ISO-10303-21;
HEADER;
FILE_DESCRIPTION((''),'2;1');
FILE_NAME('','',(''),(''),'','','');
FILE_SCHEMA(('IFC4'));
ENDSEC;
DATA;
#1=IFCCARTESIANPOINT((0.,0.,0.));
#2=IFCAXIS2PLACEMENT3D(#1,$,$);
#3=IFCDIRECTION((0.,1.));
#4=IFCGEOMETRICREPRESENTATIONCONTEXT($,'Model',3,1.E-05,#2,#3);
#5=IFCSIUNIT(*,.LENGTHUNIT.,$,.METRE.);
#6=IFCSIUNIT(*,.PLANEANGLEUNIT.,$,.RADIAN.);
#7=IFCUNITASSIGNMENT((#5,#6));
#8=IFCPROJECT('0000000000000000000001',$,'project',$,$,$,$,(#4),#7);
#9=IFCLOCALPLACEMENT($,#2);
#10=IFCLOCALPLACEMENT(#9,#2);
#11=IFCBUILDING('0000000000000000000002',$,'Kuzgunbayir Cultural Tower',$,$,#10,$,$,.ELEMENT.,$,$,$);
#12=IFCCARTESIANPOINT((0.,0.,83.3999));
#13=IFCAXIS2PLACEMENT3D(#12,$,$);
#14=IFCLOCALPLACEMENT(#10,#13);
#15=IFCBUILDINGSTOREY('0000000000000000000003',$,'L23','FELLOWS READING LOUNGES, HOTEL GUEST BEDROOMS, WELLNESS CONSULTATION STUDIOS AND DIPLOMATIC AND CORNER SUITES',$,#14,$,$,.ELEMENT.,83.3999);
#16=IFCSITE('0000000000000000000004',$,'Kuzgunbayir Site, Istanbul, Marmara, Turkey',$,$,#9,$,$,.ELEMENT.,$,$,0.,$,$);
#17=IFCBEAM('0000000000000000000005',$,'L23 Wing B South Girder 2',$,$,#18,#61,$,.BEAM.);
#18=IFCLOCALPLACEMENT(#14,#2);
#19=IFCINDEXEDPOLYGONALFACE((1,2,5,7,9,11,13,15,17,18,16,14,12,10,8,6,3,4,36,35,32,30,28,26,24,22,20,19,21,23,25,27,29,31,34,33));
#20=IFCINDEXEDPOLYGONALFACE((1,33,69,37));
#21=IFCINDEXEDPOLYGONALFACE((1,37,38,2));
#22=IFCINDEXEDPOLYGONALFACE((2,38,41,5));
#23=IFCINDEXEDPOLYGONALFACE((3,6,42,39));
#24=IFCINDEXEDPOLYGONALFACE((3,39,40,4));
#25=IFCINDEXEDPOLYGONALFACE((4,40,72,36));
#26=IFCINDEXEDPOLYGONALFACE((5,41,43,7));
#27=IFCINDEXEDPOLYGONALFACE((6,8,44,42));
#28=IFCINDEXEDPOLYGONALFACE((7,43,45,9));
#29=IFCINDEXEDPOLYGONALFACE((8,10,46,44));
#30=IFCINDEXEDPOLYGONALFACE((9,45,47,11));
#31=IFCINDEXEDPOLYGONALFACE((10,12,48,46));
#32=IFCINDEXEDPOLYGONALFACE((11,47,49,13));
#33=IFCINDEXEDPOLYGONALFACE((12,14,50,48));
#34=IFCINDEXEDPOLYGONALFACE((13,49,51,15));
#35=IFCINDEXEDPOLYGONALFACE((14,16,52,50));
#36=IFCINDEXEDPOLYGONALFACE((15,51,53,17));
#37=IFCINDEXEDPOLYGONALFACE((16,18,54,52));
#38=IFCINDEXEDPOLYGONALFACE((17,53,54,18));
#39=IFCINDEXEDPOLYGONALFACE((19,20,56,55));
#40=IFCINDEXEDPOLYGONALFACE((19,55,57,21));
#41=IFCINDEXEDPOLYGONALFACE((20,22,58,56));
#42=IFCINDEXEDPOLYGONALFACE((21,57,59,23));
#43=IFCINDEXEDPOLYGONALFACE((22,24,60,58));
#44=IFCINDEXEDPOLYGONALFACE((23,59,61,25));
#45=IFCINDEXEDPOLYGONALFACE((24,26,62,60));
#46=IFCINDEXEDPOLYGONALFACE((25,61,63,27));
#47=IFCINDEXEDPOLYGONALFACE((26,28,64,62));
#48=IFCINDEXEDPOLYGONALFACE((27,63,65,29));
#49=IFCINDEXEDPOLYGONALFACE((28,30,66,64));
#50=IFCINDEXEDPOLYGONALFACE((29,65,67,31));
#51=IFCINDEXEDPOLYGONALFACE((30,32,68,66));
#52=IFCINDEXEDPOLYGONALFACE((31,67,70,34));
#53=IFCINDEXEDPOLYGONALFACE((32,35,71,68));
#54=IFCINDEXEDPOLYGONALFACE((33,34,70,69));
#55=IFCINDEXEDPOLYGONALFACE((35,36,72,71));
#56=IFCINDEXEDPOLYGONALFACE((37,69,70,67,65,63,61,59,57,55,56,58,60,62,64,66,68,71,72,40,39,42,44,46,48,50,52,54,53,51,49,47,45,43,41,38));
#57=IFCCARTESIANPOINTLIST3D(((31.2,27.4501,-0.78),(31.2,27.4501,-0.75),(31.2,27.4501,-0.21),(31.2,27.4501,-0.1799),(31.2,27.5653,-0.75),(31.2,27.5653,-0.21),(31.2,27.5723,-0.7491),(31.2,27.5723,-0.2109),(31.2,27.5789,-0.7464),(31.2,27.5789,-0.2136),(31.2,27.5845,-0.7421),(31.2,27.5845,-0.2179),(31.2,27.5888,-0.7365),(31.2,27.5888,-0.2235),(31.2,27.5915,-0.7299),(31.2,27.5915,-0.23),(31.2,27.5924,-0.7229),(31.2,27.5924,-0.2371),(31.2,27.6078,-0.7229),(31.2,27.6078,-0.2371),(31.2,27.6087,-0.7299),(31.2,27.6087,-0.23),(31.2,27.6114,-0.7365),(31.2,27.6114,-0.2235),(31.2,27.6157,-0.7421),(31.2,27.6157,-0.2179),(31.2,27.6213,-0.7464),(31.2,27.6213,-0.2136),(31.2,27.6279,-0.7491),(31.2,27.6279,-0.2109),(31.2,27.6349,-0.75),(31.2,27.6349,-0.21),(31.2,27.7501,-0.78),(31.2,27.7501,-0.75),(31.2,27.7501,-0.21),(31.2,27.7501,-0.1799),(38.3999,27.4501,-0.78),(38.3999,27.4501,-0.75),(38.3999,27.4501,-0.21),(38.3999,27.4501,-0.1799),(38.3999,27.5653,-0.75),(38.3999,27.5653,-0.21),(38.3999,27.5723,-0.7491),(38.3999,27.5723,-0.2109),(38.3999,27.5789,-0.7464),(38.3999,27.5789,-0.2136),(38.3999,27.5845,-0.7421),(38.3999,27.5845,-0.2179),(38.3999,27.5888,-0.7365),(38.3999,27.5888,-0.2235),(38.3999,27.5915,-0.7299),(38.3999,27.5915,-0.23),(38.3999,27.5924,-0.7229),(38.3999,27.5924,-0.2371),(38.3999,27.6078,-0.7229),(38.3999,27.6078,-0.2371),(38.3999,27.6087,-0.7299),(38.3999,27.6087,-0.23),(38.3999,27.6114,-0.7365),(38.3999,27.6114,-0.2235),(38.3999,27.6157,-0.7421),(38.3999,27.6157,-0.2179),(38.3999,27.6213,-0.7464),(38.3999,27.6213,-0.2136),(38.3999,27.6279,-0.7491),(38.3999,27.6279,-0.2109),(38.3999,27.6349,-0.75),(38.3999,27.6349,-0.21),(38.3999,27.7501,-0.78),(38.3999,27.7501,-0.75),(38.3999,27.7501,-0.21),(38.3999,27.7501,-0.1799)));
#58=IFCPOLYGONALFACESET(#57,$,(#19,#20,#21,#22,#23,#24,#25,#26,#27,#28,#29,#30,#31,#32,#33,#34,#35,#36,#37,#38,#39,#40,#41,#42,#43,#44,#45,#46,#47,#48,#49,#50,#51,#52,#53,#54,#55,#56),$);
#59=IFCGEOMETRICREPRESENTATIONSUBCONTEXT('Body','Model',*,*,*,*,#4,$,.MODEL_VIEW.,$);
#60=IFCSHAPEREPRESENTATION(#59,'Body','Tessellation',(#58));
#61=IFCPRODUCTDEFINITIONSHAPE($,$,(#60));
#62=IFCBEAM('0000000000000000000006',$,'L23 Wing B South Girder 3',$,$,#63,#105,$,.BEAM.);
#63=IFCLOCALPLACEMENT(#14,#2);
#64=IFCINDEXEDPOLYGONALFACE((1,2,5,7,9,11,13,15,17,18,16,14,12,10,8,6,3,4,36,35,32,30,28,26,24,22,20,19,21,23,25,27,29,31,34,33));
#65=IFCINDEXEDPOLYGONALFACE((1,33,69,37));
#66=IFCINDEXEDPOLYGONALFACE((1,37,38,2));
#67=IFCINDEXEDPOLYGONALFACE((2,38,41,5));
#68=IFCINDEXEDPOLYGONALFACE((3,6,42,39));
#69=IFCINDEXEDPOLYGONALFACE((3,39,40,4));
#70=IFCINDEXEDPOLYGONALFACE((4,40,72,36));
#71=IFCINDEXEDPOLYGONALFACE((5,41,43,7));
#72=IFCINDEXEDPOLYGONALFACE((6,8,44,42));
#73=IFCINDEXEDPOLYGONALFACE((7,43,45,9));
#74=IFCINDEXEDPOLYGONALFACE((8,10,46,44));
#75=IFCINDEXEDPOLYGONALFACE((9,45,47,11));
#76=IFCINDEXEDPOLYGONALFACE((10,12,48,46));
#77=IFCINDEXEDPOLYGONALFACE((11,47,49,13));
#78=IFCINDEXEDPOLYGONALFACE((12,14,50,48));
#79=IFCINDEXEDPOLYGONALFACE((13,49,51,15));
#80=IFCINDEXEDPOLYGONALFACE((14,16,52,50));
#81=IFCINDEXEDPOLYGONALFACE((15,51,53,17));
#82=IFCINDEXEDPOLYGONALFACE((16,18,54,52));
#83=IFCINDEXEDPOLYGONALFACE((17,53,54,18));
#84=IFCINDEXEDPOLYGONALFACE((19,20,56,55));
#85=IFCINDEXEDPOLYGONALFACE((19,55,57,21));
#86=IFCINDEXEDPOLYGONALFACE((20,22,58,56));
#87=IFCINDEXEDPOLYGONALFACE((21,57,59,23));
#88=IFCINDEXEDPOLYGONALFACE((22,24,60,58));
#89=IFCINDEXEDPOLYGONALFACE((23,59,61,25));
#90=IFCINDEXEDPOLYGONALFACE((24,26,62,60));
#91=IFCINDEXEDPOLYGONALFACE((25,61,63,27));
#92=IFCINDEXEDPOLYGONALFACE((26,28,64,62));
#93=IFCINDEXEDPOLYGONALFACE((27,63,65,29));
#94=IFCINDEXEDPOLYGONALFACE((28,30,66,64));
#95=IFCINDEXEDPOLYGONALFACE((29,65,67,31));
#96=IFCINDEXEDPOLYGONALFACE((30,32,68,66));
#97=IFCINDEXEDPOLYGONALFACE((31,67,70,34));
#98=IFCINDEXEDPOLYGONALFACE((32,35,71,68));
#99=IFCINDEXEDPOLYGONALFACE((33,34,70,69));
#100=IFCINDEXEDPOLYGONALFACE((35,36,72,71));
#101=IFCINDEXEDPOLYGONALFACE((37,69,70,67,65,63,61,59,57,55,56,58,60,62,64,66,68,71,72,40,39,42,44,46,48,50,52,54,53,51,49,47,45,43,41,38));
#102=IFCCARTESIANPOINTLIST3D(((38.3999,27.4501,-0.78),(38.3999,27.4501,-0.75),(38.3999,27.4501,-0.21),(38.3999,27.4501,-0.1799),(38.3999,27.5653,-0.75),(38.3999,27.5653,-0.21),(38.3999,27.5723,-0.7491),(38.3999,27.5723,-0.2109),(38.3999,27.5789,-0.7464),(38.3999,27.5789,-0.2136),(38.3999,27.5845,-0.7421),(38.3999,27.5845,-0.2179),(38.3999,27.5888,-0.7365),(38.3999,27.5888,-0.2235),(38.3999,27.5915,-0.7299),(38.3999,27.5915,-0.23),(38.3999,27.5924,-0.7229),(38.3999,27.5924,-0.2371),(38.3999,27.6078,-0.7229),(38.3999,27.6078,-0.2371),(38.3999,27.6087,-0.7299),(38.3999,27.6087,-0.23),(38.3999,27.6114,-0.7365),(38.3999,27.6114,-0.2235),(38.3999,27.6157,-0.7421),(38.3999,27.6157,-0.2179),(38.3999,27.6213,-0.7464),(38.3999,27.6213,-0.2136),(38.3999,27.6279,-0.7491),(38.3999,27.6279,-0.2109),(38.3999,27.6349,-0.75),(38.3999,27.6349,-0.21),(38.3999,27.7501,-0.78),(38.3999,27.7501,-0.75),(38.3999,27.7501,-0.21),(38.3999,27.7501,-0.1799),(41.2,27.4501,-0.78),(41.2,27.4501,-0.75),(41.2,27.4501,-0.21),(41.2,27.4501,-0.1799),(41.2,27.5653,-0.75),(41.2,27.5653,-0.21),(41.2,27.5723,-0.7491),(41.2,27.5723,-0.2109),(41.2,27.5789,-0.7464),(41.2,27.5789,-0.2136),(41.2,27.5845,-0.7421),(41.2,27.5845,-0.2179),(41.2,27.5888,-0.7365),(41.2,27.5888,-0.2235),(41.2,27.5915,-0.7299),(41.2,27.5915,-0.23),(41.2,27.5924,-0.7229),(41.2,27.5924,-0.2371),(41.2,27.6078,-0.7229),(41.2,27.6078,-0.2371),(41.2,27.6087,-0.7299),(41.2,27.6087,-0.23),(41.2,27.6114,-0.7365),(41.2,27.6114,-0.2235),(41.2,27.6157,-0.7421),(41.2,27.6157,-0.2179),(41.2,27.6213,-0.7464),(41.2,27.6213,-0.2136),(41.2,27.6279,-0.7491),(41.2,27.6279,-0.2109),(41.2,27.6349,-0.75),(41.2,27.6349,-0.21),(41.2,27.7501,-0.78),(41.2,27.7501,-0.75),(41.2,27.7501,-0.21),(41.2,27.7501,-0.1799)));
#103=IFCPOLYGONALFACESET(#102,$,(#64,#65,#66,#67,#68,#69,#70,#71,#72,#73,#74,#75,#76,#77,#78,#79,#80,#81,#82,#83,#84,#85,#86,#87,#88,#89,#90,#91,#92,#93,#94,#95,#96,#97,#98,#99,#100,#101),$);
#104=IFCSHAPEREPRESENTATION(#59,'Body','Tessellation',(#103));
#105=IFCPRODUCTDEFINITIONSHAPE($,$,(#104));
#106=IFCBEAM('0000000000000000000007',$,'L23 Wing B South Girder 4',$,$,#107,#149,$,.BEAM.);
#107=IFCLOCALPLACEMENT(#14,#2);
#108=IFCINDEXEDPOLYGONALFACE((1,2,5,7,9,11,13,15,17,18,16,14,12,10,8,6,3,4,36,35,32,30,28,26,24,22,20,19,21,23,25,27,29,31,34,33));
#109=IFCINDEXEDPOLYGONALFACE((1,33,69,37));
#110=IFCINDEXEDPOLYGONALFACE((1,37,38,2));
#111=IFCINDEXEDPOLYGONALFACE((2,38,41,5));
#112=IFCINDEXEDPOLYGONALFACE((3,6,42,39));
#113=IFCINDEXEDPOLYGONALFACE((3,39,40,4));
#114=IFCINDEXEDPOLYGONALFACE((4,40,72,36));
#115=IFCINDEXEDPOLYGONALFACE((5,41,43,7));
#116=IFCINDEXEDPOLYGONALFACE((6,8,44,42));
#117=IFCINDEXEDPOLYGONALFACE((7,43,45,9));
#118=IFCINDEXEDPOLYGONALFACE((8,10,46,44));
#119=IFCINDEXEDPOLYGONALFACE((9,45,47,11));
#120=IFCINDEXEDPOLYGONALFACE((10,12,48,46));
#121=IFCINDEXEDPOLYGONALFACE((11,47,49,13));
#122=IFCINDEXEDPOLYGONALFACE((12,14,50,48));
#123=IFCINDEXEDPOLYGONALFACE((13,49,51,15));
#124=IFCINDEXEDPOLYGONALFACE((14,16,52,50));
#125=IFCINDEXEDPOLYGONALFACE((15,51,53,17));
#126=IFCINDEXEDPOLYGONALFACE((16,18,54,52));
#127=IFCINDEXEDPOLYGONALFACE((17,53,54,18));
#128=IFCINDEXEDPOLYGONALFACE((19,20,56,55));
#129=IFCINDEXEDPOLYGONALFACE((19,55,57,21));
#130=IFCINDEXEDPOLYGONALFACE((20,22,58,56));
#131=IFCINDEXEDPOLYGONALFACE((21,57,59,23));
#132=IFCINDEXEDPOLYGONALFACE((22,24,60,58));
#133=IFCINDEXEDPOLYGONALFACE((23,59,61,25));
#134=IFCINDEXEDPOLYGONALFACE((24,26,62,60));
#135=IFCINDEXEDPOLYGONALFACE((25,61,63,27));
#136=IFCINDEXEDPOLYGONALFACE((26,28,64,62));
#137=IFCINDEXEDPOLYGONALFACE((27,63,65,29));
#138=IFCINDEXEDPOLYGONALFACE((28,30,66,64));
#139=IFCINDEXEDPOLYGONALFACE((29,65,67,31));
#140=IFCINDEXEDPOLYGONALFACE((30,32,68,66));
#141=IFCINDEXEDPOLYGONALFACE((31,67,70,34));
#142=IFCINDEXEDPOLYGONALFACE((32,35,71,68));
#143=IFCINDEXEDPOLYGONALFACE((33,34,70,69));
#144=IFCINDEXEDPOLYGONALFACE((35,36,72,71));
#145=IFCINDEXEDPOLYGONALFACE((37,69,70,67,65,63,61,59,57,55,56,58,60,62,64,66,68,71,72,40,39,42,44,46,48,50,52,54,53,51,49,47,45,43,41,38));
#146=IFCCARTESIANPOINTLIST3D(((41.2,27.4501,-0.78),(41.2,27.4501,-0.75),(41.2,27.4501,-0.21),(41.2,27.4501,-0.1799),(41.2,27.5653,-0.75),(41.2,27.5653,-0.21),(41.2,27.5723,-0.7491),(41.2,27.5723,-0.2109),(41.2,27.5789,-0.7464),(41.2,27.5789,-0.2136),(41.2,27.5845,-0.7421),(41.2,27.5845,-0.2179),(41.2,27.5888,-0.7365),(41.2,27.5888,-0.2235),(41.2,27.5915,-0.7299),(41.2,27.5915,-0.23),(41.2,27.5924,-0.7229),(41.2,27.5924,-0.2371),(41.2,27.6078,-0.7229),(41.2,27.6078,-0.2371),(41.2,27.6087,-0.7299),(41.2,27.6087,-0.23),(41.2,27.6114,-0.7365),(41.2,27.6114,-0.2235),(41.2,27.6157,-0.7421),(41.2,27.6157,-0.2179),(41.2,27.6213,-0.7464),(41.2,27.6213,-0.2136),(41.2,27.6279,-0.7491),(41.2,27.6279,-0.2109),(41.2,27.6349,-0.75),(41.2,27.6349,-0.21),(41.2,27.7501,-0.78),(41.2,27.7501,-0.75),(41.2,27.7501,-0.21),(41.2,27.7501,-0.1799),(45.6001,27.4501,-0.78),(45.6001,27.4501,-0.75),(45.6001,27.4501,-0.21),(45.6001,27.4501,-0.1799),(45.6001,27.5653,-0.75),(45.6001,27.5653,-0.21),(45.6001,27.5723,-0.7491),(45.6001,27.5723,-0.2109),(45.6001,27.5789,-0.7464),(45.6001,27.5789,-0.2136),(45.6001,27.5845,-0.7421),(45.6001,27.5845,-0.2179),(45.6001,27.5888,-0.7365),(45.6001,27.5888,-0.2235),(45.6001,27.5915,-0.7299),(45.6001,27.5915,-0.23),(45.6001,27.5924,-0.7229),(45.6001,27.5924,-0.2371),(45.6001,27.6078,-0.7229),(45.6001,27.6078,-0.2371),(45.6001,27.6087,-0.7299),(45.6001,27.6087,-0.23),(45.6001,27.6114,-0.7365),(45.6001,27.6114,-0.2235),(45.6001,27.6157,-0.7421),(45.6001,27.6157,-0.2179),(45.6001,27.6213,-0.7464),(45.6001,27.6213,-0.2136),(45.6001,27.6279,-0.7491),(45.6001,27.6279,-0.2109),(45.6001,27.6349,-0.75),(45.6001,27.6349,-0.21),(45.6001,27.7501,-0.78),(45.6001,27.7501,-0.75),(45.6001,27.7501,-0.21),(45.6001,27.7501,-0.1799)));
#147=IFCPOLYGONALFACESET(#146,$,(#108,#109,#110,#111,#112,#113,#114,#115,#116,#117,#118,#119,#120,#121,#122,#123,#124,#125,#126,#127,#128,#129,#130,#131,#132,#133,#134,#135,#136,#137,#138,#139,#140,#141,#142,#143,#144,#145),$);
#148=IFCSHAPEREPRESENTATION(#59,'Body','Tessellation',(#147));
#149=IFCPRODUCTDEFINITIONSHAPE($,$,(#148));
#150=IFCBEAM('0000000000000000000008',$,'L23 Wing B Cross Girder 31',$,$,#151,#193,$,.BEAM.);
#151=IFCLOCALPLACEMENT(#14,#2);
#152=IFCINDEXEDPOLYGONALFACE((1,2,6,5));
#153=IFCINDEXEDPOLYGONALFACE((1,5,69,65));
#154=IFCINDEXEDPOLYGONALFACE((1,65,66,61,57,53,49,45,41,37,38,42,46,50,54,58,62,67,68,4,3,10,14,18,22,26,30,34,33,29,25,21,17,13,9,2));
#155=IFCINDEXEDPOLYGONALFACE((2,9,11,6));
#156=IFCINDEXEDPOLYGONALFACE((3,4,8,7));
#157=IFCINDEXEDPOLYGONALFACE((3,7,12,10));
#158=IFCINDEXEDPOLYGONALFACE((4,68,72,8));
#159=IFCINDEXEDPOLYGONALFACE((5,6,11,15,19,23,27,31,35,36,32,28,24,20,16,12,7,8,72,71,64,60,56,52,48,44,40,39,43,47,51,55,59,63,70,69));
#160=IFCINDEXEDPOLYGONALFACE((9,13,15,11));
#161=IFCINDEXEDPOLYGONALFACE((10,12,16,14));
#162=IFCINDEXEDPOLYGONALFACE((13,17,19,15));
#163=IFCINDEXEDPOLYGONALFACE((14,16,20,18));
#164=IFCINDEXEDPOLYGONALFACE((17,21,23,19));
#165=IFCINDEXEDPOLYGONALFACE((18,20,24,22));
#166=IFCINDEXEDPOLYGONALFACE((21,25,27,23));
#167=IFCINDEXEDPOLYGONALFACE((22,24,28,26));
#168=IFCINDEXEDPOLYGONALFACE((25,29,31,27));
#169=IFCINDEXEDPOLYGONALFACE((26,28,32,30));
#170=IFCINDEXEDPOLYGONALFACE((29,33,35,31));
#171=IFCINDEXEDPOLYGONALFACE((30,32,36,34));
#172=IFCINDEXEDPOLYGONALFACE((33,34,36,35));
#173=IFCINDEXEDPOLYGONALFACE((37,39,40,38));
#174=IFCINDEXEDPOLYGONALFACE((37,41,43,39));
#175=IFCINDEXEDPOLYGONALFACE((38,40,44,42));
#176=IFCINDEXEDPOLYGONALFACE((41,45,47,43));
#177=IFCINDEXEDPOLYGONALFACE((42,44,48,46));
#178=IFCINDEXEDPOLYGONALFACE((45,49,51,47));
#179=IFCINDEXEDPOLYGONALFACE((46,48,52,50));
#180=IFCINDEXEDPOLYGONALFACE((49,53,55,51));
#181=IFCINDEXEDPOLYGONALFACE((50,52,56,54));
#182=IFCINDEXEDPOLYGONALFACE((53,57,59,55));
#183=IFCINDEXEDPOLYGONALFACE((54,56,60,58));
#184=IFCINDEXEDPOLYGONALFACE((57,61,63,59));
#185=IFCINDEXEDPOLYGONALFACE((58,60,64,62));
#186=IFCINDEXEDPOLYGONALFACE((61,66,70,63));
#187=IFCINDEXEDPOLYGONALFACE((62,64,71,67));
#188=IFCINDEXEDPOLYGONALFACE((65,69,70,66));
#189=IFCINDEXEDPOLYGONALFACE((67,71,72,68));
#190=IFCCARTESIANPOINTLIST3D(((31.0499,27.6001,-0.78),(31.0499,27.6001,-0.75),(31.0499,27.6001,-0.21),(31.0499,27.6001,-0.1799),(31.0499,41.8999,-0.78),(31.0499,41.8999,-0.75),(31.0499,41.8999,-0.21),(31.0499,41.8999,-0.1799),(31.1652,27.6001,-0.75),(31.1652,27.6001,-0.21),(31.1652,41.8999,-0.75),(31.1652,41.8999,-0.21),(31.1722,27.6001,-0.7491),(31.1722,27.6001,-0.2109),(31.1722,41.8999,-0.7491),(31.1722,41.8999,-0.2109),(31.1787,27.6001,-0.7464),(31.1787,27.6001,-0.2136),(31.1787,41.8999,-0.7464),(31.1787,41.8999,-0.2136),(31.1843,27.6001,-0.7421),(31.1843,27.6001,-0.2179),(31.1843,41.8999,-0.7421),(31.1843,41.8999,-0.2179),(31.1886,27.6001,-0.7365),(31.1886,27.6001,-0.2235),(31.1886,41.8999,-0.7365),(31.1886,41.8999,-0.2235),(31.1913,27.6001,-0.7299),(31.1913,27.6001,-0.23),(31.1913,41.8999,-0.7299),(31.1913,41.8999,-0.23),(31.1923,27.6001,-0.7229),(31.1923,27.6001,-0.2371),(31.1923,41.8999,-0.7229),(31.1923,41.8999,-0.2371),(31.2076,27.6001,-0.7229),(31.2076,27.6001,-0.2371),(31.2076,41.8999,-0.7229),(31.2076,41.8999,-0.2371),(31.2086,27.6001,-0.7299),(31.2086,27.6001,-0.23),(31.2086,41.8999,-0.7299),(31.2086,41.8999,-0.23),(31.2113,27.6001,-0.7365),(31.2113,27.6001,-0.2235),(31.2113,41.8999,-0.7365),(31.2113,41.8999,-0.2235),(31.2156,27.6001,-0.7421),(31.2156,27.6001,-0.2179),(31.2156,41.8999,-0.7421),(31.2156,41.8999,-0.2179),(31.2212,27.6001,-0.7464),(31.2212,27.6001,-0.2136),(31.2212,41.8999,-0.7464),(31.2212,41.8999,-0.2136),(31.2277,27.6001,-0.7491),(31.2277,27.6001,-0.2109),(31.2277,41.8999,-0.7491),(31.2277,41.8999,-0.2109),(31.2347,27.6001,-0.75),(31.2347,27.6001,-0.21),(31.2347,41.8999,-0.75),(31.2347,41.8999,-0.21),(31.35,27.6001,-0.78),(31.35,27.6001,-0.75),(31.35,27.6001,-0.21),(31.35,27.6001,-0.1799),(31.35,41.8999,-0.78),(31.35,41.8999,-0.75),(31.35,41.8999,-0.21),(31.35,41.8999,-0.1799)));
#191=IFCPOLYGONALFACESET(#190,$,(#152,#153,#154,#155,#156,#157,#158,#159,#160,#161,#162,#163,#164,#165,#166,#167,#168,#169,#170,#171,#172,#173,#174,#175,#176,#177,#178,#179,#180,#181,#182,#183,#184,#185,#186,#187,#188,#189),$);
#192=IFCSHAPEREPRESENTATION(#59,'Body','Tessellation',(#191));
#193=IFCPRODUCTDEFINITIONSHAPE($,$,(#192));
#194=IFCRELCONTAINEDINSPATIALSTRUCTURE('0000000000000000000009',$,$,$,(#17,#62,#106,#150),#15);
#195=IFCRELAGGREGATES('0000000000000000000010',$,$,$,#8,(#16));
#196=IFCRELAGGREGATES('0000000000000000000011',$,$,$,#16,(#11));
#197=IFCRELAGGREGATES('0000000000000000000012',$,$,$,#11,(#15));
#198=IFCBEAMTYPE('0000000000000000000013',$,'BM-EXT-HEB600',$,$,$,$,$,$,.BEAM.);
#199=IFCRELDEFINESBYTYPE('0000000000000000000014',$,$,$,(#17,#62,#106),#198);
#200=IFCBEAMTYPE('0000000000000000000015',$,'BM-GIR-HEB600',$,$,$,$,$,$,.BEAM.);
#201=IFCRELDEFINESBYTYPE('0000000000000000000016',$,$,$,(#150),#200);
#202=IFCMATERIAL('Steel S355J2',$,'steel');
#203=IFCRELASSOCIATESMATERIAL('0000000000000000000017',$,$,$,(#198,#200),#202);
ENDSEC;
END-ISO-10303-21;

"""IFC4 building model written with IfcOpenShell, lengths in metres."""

from ifc_helpers import new_model, si_unit, direction, frame, origin, origin_2d, place, context, subcontext, project, spatial, i_section, extrude, material, material_profile, profile_set, type_object, element, save


model = new_model("IFC4")

# Units and contexts
model_context = context("Model", 3, precision=1e-05, world=origin(), true_north=direction((0.0, 1.0)))
body_context = subcontext(model_context, "Body", "Model", "MODEL_VIEW")
ifc_project = project(units=[si_unit("LENGTHUNIT", "METRE"), si_unit("PLANEANGLEUNIT", "RADIAN")], contexts=[model_context])

# Site, building, storey
site_placement = place(None, origin())
site = spatial("IfcSite", under=ifc_project, at=site_placement, Name="Kuzgunbayir Site, Istanbul, Marmara, Turkey", CompositionType="ELEMENT", RefElevation=0.0)
building_placement = place(site_placement, origin())
building = spatial("IfcBuilding", under=site, at=building_placement, Name="Kuzgunbayir Cultural Tower", CompositionType="ELEMENT")
storey_placement = place(building_placement, frame((0.0, 0.0, 83.3999)))
storey = spatial("IfcBuildingStorey", under=building, at=storey_placement, Name="L23", Description="FELLOWS READING LOUNGES, HOTEL GUEST BEDROOMS, WELLNESS CONSULTATION STUDIOS AND DIPLOMATIC AND CORNER SUITES", CompositionType="ELEMENT", Elevation=83.3999)

# Beams
ifc_material_1 = material(Name="Steel S355J2", Category="steel")
ifc_material_profile_1 = material_profile(ifc_material_1, i_section(OverallWidth=0.3, OverallDepth=0.6001, WebThickness=0.0154, FlangeThickness=0.03, FilletRadius=0.0271, at=origin_2d()), Name="HEB 600")
ifc_profile_set_1 = profile_set([ifc_material_profile_1], Name="Steel S355J2")
beam_type_1 = type_object("IfcBeamType", Name="BM-EXT-HEB600", PredefinedType="BEAM", material=ifc_profile_set_1)
beam_1_placement = place(storey_placement, frame((31.2, 27.6001, -0.48), z_axis=(1.0, 0.0, 0.0), x_axis=(0.0, 1.0, 0.0)))
element("IfcBeam", 1, at=beam_1_placement, inside=storey, type_object=beam_type_1, Name="L23 Wing B South Girder 2", PredefinedType="BEAM", context=body_context, shape_type="SweptSolid", body=[
    extrude(i_section(OverallWidth=0.3, OverallDepth=0.6001, WebThickness=0.0154, FlangeThickness=0.03, FilletRadius=0.0271, at=origin_2d()), origin(), (0.0, 0.0, 1.0), 7.2),
])
beam_2_placement = place(storey_placement, frame((38.3999, 27.6001, -0.48), z_axis=(1.0, 0.0, 0.0), x_axis=(0.0, 1.0, 0.0)))
element("IfcBeam", 2, at=beam_2_placement, inside=storey, type_object=beam_type_1, Name="L23 Wing B South Girder 3", PredefinedType="BEAM", context=body_context, shape_type="SweptSolid", body=[
    extrude(i_section(OverallWidth=0.3, OverallDepth=0.6001, WebThickness=0.0154, FlangeThickness=0.03, FilletRadius=0.0271, at=origin_2d()), origin(), (0.0, 0.0, 1.0), 2.8),
])
beam_3_placement = place(storey_placement, frame((41.2, 27.6001, -0.48), z_axis=(1.0, 0.0, 0.0), x_axis=(0.0, 1.0, 0.0)))
element("IfcBeam", 3, at=beam_3_placement, inside=storey, type_object=beam_type_1, Name="L23 Wing B South Girder 4", PredefinedType="BEAM", context=body_context, shape_type="SweptSolid", body=[
    extrude(i_section(OverallWidth=0.3, OverallDepth=0.6001, WebThickness=0.0154, FlangeThickness=0.03, FilletRadius=0.0271, at=origin_2d()), origin(), (0.0, 0.0, 1.0), 4.4001),
])
ifc_material_profile_2 = material_profile(ifc_material_1, i_section(OverallWidth=0.3, OverallDepth=0.6001, WebThickness=0.0154, FlangeThickness=0.03, FilletRadius=0.0271, at=origin_2d()), Name="HEB 600")
ifc_profile_set_2 = profile_set([ifc_material_profile_2], Name="Steel S355J2")
beam_type_2 = type_object("IfcBeamType", Name="BM-GIR-HEB600", PredefinedType="BEAM", material=ifc_profile_set_2)
beam_4_placement = place(storey_placement, frame((31.2, 27.6001, -0.48), z_axis=(0.0, 1.0, 0.0), x_axis=(-1.0, 0.0, 0.0)))
element("IfcBeam", 4, at=beam_4_placement, inside=storey, type_object=beam_type_2, Name="L23 Wing B Cross Girder 31", PredefinedType="BEAM", context=body_context, shape_type="SweptSolid", body=[
    extrude(i_section(OverallWidth=0.3, OverallDepth=0.6001, WebThickness=0.0154, FlangeThickness=0.03, FilletRadius=0.0271, at=origin_2d()), origin(), (0.0, 0.0, 1.0), 14.2998),
])

save(model, "model.ifc")
